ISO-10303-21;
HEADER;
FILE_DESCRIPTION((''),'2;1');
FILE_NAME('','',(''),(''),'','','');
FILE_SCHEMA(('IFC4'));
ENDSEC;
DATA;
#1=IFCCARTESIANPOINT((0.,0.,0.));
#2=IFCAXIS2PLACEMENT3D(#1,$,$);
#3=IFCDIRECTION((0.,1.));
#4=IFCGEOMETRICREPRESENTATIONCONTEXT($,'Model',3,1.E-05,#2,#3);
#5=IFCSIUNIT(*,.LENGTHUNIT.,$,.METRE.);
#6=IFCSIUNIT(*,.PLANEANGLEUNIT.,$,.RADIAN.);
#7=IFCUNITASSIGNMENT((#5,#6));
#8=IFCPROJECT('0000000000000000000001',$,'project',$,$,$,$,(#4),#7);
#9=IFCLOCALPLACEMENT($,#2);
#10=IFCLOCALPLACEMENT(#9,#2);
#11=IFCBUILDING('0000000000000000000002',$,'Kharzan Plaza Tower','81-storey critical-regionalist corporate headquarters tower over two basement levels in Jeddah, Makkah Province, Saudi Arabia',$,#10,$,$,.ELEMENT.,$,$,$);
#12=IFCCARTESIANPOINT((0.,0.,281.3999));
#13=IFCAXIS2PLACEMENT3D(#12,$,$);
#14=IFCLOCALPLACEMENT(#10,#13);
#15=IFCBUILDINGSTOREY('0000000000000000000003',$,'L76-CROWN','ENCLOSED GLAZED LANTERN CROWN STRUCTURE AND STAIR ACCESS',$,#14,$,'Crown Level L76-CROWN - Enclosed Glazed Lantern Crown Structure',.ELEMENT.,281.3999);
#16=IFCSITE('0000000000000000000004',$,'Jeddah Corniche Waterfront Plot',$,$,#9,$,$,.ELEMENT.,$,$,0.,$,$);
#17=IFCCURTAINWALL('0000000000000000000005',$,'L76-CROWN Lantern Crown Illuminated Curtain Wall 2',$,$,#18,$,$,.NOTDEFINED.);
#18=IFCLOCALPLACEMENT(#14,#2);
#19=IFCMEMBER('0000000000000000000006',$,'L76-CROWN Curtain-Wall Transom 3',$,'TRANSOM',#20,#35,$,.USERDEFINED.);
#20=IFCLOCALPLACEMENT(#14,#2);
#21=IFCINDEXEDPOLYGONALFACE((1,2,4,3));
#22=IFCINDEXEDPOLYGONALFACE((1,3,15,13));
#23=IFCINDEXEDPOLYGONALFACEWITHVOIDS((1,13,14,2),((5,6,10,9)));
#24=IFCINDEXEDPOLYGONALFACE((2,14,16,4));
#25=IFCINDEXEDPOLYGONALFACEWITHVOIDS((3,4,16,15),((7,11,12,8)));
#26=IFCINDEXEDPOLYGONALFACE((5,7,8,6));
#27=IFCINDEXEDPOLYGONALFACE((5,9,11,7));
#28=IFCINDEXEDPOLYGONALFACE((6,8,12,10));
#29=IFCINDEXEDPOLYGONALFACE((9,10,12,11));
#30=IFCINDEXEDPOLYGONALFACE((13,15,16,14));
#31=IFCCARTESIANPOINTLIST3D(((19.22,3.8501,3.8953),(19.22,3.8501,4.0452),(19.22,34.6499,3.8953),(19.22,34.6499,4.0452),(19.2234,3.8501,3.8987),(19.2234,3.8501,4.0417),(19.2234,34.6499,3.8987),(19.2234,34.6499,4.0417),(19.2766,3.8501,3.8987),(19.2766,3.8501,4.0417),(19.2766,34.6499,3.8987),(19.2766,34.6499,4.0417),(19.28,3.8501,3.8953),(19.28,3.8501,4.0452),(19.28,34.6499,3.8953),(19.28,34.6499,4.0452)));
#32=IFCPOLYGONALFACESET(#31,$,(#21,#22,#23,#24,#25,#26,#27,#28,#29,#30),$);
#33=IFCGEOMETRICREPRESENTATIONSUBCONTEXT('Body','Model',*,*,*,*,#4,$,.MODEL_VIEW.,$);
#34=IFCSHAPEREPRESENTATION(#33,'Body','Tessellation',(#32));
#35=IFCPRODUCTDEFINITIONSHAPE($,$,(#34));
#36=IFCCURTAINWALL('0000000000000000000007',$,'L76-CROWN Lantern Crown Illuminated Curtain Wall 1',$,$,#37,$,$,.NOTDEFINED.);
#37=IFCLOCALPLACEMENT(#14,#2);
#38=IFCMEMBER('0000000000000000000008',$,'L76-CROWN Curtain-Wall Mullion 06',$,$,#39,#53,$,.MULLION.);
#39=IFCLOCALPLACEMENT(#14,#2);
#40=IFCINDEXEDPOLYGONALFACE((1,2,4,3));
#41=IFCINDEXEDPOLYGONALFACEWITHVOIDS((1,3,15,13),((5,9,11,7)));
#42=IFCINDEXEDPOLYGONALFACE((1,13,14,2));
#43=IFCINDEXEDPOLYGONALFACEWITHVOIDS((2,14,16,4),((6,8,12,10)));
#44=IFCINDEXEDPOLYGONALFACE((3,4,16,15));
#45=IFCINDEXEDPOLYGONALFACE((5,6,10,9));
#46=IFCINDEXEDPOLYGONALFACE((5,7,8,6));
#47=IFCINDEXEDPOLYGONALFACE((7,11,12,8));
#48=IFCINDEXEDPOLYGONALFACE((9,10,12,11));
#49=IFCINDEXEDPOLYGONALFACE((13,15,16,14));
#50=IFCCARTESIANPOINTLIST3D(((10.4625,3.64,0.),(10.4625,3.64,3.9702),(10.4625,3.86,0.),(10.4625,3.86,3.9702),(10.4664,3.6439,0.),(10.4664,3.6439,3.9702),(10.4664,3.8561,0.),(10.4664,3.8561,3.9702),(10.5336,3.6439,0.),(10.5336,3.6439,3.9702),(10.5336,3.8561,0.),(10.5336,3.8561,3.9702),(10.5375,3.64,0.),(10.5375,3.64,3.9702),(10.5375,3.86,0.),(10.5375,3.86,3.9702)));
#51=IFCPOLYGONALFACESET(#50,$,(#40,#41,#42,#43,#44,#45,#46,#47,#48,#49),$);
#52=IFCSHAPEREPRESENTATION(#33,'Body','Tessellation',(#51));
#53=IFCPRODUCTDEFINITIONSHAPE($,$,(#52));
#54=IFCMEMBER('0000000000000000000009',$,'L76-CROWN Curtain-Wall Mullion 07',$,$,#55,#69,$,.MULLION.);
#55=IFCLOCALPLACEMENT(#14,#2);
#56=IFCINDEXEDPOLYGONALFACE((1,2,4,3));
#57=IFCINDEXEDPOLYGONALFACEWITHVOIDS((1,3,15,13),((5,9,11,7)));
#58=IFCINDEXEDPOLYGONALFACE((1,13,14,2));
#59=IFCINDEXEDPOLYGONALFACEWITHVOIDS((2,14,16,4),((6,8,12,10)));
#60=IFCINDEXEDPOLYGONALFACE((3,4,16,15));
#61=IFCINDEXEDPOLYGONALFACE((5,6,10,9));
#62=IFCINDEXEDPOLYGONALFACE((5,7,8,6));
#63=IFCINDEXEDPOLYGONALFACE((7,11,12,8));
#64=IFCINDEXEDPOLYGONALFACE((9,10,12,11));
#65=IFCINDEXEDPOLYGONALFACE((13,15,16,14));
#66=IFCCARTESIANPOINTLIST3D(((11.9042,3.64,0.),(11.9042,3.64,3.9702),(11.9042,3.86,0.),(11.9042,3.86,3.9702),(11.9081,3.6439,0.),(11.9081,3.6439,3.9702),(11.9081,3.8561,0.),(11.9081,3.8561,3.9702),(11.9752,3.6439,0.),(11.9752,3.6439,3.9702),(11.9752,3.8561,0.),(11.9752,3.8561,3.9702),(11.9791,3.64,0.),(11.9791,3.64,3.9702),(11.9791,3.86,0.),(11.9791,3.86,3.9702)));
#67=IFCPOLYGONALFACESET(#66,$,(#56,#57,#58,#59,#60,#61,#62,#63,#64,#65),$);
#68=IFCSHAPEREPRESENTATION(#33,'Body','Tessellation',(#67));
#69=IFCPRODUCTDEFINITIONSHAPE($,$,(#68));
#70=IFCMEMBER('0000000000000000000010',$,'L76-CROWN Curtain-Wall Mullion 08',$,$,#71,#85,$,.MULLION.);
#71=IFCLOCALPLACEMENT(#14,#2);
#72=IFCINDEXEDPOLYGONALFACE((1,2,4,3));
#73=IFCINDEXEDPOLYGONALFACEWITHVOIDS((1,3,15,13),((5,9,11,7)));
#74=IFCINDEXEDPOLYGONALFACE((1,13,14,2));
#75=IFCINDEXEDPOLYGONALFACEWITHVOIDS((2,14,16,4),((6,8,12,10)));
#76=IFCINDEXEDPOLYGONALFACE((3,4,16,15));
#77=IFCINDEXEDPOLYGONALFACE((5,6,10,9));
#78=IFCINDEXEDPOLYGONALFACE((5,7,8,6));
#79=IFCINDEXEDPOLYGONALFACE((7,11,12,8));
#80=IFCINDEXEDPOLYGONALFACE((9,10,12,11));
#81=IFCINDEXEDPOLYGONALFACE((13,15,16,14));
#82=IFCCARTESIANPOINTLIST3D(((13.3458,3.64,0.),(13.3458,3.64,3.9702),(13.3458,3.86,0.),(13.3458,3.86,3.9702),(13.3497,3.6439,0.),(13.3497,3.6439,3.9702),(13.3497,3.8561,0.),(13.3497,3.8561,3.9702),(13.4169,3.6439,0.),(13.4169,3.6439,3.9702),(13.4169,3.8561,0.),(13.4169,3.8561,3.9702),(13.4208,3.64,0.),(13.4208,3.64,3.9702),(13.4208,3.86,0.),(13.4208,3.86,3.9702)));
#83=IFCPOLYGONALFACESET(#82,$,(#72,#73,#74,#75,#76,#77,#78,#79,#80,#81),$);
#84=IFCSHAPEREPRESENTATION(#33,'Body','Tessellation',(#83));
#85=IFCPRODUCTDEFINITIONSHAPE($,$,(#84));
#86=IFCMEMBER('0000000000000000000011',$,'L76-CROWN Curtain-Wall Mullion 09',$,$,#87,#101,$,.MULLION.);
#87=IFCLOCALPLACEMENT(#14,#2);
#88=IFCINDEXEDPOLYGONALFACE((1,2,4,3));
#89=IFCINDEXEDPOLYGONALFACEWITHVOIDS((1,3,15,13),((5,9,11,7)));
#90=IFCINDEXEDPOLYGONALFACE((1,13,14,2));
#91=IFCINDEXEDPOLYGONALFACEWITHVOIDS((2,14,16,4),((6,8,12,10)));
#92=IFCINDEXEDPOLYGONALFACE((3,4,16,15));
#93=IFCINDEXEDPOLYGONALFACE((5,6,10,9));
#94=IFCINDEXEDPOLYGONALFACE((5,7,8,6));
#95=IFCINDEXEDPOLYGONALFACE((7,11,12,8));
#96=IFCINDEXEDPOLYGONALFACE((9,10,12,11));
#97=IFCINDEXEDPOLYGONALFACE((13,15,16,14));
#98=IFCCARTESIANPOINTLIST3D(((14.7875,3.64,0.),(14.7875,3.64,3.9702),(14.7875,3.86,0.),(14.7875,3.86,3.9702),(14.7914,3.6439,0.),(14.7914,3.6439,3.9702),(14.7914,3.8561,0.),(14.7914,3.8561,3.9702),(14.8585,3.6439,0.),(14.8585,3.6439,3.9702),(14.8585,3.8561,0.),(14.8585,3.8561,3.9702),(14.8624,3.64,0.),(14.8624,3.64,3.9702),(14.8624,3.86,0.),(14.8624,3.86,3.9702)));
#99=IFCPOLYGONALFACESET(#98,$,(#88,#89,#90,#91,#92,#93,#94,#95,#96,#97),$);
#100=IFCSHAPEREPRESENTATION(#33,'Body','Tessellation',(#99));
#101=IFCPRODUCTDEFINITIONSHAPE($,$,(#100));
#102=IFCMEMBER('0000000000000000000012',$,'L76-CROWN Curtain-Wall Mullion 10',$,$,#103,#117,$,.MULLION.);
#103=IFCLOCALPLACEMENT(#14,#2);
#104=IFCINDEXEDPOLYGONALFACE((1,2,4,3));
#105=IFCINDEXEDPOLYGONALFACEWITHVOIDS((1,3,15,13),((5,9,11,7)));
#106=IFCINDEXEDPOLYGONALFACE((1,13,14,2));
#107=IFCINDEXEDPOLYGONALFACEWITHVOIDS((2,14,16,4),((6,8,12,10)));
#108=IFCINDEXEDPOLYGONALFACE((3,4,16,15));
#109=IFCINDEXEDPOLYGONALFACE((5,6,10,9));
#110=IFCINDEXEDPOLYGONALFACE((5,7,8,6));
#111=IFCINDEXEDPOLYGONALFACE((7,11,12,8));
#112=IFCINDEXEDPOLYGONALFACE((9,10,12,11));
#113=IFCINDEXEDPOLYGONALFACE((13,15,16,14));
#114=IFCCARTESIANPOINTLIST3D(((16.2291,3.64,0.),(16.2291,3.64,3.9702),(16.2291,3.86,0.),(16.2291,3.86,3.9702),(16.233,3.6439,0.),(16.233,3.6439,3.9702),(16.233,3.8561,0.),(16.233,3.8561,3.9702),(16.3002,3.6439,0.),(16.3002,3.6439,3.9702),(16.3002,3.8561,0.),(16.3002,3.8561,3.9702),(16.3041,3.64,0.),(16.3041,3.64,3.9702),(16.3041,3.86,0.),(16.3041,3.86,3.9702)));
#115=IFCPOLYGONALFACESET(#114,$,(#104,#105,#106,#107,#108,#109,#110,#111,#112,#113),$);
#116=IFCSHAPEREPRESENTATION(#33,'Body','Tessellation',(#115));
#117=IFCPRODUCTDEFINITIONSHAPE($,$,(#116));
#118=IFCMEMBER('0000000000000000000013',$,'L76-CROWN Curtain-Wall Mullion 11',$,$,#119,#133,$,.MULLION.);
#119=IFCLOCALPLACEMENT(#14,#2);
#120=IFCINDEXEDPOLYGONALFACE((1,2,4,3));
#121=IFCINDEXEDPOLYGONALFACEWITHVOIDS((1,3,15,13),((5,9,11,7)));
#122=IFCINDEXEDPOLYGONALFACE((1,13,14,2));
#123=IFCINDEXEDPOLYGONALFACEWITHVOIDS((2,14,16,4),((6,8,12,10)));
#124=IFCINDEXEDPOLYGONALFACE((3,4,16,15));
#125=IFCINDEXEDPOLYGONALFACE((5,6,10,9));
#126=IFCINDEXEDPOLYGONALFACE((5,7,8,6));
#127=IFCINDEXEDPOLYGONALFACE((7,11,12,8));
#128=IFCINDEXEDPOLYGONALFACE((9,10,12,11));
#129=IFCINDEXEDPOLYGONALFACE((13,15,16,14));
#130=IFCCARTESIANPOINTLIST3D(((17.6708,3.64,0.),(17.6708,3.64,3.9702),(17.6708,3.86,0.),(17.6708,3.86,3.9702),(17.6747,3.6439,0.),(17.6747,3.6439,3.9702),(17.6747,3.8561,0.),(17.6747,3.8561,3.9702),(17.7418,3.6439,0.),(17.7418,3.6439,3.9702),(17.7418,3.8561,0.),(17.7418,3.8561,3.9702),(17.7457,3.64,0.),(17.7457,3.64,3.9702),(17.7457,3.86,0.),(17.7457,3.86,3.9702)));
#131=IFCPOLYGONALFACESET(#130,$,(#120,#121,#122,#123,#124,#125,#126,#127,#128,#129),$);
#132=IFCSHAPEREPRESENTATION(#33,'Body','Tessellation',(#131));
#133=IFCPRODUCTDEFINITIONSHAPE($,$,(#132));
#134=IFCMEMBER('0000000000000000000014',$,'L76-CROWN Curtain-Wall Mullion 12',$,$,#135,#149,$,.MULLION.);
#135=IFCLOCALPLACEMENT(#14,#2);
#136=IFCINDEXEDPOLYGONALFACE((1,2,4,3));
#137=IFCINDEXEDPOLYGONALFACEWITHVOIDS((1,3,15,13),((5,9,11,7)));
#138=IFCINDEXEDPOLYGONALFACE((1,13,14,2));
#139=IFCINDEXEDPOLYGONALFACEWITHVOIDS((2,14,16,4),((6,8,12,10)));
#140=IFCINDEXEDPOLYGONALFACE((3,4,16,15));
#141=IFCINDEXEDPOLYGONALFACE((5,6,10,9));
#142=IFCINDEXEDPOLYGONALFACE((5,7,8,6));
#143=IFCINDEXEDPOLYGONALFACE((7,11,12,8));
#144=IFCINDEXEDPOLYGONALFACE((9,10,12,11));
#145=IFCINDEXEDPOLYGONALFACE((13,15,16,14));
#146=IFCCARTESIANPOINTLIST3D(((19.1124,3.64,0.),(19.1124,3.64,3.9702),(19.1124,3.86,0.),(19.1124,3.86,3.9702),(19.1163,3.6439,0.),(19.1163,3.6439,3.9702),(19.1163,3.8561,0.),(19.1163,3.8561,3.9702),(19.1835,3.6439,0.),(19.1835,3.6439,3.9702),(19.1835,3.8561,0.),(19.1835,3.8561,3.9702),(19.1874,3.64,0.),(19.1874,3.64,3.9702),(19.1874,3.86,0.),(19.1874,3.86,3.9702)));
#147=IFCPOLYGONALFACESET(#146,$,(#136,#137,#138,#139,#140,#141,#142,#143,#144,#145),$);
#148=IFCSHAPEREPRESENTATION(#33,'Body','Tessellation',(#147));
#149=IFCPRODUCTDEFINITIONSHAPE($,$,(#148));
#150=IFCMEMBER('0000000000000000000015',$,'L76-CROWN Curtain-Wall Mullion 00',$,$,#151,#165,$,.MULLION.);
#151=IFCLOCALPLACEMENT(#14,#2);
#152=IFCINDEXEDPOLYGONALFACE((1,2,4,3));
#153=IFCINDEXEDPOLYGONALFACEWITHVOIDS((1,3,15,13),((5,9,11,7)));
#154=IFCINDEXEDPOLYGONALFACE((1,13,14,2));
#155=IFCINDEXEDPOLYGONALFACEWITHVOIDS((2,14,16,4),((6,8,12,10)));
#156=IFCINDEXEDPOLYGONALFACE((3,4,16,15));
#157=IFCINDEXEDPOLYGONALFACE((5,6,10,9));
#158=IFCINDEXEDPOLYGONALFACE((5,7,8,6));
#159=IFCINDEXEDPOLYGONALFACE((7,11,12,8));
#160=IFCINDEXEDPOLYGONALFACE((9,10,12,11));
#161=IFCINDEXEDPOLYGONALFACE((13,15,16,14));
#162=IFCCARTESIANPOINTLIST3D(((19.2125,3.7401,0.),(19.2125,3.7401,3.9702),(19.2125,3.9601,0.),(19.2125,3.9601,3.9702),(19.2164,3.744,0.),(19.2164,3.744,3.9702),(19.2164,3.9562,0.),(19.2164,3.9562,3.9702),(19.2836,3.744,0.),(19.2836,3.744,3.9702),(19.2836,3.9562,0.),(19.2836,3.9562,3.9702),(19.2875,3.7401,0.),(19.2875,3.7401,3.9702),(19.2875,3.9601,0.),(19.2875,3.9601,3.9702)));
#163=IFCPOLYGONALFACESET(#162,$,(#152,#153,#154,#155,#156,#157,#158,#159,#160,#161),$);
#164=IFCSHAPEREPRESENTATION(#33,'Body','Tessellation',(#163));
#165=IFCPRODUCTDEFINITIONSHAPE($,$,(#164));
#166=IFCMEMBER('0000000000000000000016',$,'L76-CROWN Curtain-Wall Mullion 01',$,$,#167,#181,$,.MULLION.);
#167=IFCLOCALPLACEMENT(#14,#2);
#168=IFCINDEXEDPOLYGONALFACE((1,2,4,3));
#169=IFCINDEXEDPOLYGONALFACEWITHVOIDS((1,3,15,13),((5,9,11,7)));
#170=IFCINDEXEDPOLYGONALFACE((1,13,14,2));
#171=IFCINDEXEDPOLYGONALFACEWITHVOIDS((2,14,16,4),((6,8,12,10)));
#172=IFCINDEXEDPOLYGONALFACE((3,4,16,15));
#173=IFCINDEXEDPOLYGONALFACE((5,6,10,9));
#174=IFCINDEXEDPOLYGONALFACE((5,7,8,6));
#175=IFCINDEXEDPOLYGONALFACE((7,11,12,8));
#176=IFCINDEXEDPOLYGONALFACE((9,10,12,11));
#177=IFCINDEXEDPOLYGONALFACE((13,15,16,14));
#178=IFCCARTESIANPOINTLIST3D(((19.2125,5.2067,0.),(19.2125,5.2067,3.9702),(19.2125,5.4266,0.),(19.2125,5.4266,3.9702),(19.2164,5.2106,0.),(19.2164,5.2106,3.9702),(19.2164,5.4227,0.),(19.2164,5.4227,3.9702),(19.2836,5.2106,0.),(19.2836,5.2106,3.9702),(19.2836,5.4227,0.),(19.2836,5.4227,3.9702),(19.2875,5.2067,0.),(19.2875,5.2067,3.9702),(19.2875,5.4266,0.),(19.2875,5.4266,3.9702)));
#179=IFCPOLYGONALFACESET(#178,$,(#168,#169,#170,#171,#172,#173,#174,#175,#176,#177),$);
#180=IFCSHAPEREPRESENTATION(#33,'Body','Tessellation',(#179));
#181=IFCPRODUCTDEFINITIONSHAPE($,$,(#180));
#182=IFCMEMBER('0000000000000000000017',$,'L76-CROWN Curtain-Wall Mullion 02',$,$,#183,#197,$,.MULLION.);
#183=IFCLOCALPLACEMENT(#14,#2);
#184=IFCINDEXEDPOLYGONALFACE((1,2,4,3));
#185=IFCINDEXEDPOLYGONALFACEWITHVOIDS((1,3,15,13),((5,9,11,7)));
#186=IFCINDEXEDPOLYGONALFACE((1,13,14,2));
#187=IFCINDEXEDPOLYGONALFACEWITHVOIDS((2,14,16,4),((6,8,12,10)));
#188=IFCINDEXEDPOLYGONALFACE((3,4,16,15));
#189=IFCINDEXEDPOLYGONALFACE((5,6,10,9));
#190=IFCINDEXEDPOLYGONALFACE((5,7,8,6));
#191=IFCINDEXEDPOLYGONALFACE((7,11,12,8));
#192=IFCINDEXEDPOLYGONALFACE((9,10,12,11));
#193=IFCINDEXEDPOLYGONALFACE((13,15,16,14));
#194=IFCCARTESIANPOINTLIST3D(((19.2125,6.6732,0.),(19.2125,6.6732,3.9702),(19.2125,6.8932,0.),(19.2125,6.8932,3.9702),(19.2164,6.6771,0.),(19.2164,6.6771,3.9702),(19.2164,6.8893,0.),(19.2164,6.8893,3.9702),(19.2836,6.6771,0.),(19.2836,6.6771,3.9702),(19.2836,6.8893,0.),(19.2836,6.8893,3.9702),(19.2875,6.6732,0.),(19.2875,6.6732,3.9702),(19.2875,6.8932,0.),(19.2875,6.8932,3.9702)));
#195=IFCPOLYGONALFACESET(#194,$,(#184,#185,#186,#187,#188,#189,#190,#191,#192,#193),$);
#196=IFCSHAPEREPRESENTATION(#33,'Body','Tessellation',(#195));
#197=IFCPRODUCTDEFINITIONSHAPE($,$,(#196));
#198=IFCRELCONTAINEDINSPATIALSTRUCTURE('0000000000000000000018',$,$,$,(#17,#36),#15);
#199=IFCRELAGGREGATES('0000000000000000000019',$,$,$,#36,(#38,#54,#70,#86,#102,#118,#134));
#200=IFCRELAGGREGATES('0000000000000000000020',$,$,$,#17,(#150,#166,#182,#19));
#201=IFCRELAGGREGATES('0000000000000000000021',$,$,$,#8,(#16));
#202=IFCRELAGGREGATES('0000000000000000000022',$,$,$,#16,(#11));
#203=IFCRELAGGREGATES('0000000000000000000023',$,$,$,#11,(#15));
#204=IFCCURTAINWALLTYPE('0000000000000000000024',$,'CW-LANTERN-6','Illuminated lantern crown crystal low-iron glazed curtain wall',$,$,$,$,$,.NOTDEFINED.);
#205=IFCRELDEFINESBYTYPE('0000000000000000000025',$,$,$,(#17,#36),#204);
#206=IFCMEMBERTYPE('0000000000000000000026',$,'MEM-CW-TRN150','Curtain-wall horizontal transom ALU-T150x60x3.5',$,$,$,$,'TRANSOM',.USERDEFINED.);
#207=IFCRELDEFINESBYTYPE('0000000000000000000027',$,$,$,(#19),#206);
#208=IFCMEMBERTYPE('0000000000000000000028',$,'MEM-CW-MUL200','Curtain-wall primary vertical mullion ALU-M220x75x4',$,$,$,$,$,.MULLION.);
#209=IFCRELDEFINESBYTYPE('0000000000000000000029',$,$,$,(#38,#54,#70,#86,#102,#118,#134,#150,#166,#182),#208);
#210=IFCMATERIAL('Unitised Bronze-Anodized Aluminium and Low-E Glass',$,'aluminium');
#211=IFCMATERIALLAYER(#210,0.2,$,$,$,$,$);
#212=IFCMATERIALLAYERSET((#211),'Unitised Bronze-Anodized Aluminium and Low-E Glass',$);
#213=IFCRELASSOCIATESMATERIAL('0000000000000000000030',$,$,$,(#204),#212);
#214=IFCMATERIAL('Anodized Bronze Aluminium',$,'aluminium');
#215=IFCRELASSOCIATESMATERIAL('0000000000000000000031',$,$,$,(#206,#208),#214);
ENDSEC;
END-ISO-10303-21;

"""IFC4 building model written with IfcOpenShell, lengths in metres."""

from ifc_helpers import new_model, si_unit, direction, frame, origin, origin_2d, place, context, subcontext, project, spatial, hollow_rectangle, extrude, source, transform, mapped, material, layer, layer_set, material_profile, profile_set, type_object, element, aggregate, save


model = new_model("IFC4")

# Units and contexts
model_context = context("Model", 3, precision=1e-05, world=origin(), true_north=direction((0.0, 1.0)))
body_context = subcontext(model_context, "Body", "Model", "MODEL_VIEW")
ifc_project = project(units=[si_unit("LENGTHUNIT", "METRE"), si_unit("PLANEANGLEUNIT", "RADIAN")], contexts=[model_context])

# Site, building, storey
site_placement = place(None, origin())
site = spatial("IfcSite", under=ifc_project, at=site_placement, Name="Jeddah Corniche Waterfront Plot", CompositionType="ELEMENT", RefElevation=0.0)
building_placement = place(site_placement, origin())
building = spatial("IfcBuilding", under=site, at=building_placement, Name="Kharzan Plaza Tower", Description="81-storey critical-regionalist corporate headquarters tower over two basement levels in Jeddah, Makkah Province, Saudi Arabia", CompositionType="ELEMENT")
storey_placement = place(building_placement, frame((0.0, 0.0, 281.3999)))
storey = spatial("IfcBuildingStorey", under=building, at=storey_placement, Name="L76-CROWN", Description="ENCLOSED GLAZED LANTERN CROWN STRUCTURE AND STAIR ACCESS", LongName="Crown Level L76-CROWN - Enclosed Glazed Lantern Crown Structure", CompositionType="ELEMENT", Elevation=281.3999)

# Curtain walls, members
ifc_material_1 = material(Name="Unitised Bronze-Anodized Aluminium and Low-E Glass", Category="aluminium")
ifc_layer_1 = layer(ifc_material_1, 0.2)
ifc_layer_set_1 = layer_set([ifc_layer_1], Name="Unitised Bronze-Anodized Aluminium and Low-E Glass")
curtain_wall_type = type_object("IfcCurtainWallType", Name="CW-LANTERN-6", Description="Illuminated lantern crown crystal low-iron glazed curtain wall", PredefinedType="NOTDEFINED", material=ifc_layer_set_1)
curtain_wall_1_placement = place(storey_placement, origin())
curtain_wall_1 = element("IfcCurtainWall", 1, at=curtain_wall_1_placement, inside=storey, type_object=curtain_wall_type, Name="L76-CROWN Lantern Crown Illuminated Curtain Wall 2", PredefinedType="NOTDEFINED")
ifc_material_2 = material(Name="Anodized Bronze Aluminium", Category="aluminium")
ifc_material_profile_1 = material_profile(ifc_material_2, hollow_rectangle(XDim=0.0601, YDim=0.1499, WallThickness=0.0034, at=origin_2d()), Name="ALU-T150x60x3.5")
ifc_profile_set_1 = profile_set([ifc_material_profile_1], Name="Anodized Bronze Aluminium")
member_type_1 = type_object("IfcMemberType", Name="MEM-CW-TRN150", Description="Curtain-wall horizontal transom ALU-T150x60x3.5", ElementType="TRANSOM", PredefinedType="USERDEFINED", material=ifc_profile_set_1)
shared_shape_1 = source(origin(), body_context, "Body", "SweptSolid", [
    extrude(hollow_rectangle(XDim=0.0601, YDim=0.1499, WallThickness=0.0034, at=origin_2d()), origin(), (0.0, 0.0, 1.0), 30.7998),
])
member_1_placement = place(storey_placement, frame((19.25, 3.8501, 3.9702), z_axis=(0.0, 1.0, 0.0), x_axis=(-1.0, 0.0, 0.0)))
member_1 = element("IfcMember", 2, at=member_1_placement, type_object=member_type_1, Name="L76-CROWN Curtain-Wall Transom 3", ObjectType="TRANSOM", PredefinedType="USERDEFINED", context=body_context, shape_type="MappedRepresentation", body=[
    mapped(shared_shape_1, transform((0.0, 0.0, 0.0), x_axis=(1.0, 0.0, 0.0), y_axis=(0.0, 1.0, 0.0), z_axis=(0.0, 0.0, 1.0))),
])
curtain_wall_2_placement = place(storey_placement, origin())
curtain_wall_2 = element("IfcCurtainWall", 3, at=curtain_wall_2_placement, inside=storey, type_object=curtain_wall_type, Name="L76-CROWN Lantern Crown Illuminated Curtain Wall 1", PredefinedType="NOTDEFINED")
ifc_material_profile_2 = material_profile(ifc_material_2, hollow_rectangle(XDim=0.075, YDim=0.22, WallThickness=0.0039, at=origin_2d()), Name="ALU-M220x75x4")
ifc_profile_set_2 = profile_set([ifc_material_profile_2], Name="Anodized Bronze Aluminium")
member_type_2 = type_object("IfcMemberType", Name="MEM-CW-MUL200", Description="Curtain-wall primary vertical mullion ALU-M220x75x4", PredefinedType="MULLION", material=ifc_profile_set_2)
shared_shape_2 = source(origin(), body_context, "Body", "SweptSolid", [
    extrude(hollow_rectangle(XDim=0.075, YDim=0.22, WallThickness=0.0039, at=origin_2d()), origin(), (0.0, 0.0, 1.0), 3.9702),
])
member_2_placement = place(storey_placement, frame((10.5, 3.75, 0.0), z_axis=(0.0, 0.0, 1.0), x_axis=(1.0, 0.0, 0.0)))
member_2 = element("IfcMember", 4, at=member_2_placement, type_object=member_type_2, Name="L76-CROWN Curtain-Wall Mullion 06", PredefinedType="MULLION", context=body_context, shape_type="MappedRepresentation", body=[
    mapped(shared_shape_2, transform((0.0, 0.0, 0.0), x_axis=(1.0, 0.0, 0.0), y_axis=(0.0, 1.0, 0.0), z_axis=(0.0, 0.0, 1.0))),
])
member_3_placement = place(storey_placement, frame((11.9417, 3.75, 0.0), z_axis=(0.0, 0.0, 1.0), x_axis=(1.0, 0.0, 0.0)))
member_3 = element("IfcMember", 5, at=member_3_placement, type_object=member_type_2, Name="L76-CROWN Curtain-Wall Mullion 07", PredefinedType="MULLION", context=body_context, shape_type="MappedRepresentation", body=[
    mapped(shared_shape_2, transform((0.0, 0.0, 0.0), x_axis=(1.0, 0.0, 0.0), y_axis=(0.0, 1.0, 0.0), z_axis=(0.0, 0.0, 1.0))),
])
member_4_placement = place(storey_placement, frame((13.3833, 3.75, 0.0), z_axis=(0.0, 0.0, 1.0), x_axis=(1.0, 0.0, 0.0)))
member_4 = element("IfcMember", 6, at=member_4_placement, type_object=member_type_2, Name="L76-CROWN Curtain-Wall Mullion 08", PredefinedType="MULLION", context=body_context, shape_type="MappedRepresentation", body=[
    mapped(shared_shape_2, transform((0.0, 0.0, 0.0), x_axis=(1.0, 0.0, 0.0), y_axis=(0.0, 1.0, 0.0), z_axis=(0.0, 0.0, 1.0))),
])
member_5_placement = place(storey_placement, frame((14.825, 3.75, 0.0), z_axis=(0.0, 0.0, 1.0), x_axis=(1.0, 0.0, 0.0)))
member_5 = element("IfcMember", 7, at=member_5_placement, type_object=member_type_2, Name="L76-CROWN Curtain-Wall Mullion 09", PredefinedType="MULLION", context=body_context, shape_type="MappedRepresentation", body=[
    mapped(shared_shape_2, transform((0.0, 0.0, 0.0), x_axis=(1.0, 0.0, 0.0), y_axis=(0.0, 1.0, 0.0), z_axis=(0.0, 0.0, 1.0))),
])
member_6_placement = place(storey_placement, frame((16.2666, 3.75, 0.0), z_axis=(0.0, 0.0, 1.0), x_axis=(1.0, 0.0, 0.0)))
member_6 = element("IfcMember", 8, at=member_6_placement, type_object=member_type_2, Name="L76-CROWN Curtain-Wall Mullion 10", PredefinedType="MULLION", context=body_context, shape_type="MappedRepresentation", body=[
    mapped(shared_shape_2, transform((0.0, 0.0, 0.0), x_axis=(1.0, 0.0, 0.0), y_axis=(0.0, 1.0, 0.0), z_axis=(0.0, 0.0, 1.0))),
])
member_7_placement = place(storey_placement, frame((17.7083, 3.75, 0.0), z_axis=(0.0, 0.0, 1.0), x_axis=(1.0, 0.0, 0.0)))
member_7 = element("IfcMember", 9, at=member_7_placement, type_object=member_type_2, Name="L76-CROWN Curtain-Wall Mullion 11", PredefinedType="MULLION", context=body_context, shape_type="MappedRepresentation", body=[
    mapped(shared_shape_2, transform((0.0, 0.0, 0.0), x_axis=(1.0, 0.0, 0.0), y_axis=(0.0, 1.0, 0.0), z_axis=(0.0, 0.0, 1.0))),
])
member_8_placement = place(storey_placement, frame((19.1499, 3.75, 0.0), z_axis=(0.0, 0.0, 1.0), x_axis=(1.0, 0.0, 0.0)))
member_8 = element("IfcMember", 10, at=member_8_placement, type_object=member_type_2, Name="L76-CROWN Curtain-Wall Mullion 12", PredefinedType="MULLION", context=body_context, shape_type="MappedRepresentation", body=[
    mapped(shared_shape_2, transform((0.0, 0.0, 0.0), x_axis=(1.0, 0.0, 0.0), y_axis=(0.0, 1.0, 0.0), z_axis=(0.0, 0.0, 1.0))),
])

# Members
member_9_placement = place(storey_placement, frame((19.25, 3.8501, 0.0), z_axis=(0.0, 0.0, 1.0), x_axis=(1.0, 0.0, 0.0)))
member_9 = element("IfcMember", 11, at=member_9_placement, type_object=member_type_2, Name="L76-CROWN Curtain-Wall Mullion 00", PredefinedType="MULLION", context=body_context, shape_type="MappedRepresentation", body=[
    mapped(shared_shape_2, transform((0.0, 0.0, 0.0), x_axis=(1.0, 0.0, 0.0), y_axis=(0.0, 1.0, 0.0), z_axis=(0.0, 0.0, 1.0))),
])
member_10_placement = place(storey_placement, frame((19.25, 5.3167, 0.0), z_axis=(0.0, 0.0, 1.0), x_axis=(1.0, 0.0, 0.0)))
member_10 = element("IfcMember", 12, at=member_10_placement, type_object=member_type_2, Name="L76-CROWN Curtain-Wall Mullion 01", PredefinedType="MULLION", context=body_context, shape_type="MappedRepresentation", body=[
    mapped(shared_shape_2, transform((0.0, 0.0, 0.0), x_axis=(1.0, 0.0, 0.0), y_axis=(0.0, 1.0, 0.0), z_axis=(0.0, 0.0, 1.0))),
])
member_11_placement = place(storey_placement, frame((19.25, 6.7832, 0.0), z_axis=(0.0, 0.0, 1.0), x_axis=(1.0, 0.0, 0.0)))
member_11 = element("IfcMember", 13, at=member_11_placement, type_object=member_type_2, Name="L76-CROWN Curtain-Wall Mullion 02", PredefinedType="MULLION", context=body_context, shape_type="MappedRepresentation", body=[
    mapped(shared_shape_2, transform((0.0, 0.0, 0.0), x_axis=(1.0, 0.0, 0.0), y_axis=(0.0, 1.0, 0.0), z_axis=(0.0, 0.0, 1.0))),
])

aggregate(curtain_wall_2, [member_2, member_3, member_4, member_5, member_6, member_7, member_8])
aggregate(curtain_wall_1, [member_9, member_10, member_11, member_1])

save(model, "model.ifc")
